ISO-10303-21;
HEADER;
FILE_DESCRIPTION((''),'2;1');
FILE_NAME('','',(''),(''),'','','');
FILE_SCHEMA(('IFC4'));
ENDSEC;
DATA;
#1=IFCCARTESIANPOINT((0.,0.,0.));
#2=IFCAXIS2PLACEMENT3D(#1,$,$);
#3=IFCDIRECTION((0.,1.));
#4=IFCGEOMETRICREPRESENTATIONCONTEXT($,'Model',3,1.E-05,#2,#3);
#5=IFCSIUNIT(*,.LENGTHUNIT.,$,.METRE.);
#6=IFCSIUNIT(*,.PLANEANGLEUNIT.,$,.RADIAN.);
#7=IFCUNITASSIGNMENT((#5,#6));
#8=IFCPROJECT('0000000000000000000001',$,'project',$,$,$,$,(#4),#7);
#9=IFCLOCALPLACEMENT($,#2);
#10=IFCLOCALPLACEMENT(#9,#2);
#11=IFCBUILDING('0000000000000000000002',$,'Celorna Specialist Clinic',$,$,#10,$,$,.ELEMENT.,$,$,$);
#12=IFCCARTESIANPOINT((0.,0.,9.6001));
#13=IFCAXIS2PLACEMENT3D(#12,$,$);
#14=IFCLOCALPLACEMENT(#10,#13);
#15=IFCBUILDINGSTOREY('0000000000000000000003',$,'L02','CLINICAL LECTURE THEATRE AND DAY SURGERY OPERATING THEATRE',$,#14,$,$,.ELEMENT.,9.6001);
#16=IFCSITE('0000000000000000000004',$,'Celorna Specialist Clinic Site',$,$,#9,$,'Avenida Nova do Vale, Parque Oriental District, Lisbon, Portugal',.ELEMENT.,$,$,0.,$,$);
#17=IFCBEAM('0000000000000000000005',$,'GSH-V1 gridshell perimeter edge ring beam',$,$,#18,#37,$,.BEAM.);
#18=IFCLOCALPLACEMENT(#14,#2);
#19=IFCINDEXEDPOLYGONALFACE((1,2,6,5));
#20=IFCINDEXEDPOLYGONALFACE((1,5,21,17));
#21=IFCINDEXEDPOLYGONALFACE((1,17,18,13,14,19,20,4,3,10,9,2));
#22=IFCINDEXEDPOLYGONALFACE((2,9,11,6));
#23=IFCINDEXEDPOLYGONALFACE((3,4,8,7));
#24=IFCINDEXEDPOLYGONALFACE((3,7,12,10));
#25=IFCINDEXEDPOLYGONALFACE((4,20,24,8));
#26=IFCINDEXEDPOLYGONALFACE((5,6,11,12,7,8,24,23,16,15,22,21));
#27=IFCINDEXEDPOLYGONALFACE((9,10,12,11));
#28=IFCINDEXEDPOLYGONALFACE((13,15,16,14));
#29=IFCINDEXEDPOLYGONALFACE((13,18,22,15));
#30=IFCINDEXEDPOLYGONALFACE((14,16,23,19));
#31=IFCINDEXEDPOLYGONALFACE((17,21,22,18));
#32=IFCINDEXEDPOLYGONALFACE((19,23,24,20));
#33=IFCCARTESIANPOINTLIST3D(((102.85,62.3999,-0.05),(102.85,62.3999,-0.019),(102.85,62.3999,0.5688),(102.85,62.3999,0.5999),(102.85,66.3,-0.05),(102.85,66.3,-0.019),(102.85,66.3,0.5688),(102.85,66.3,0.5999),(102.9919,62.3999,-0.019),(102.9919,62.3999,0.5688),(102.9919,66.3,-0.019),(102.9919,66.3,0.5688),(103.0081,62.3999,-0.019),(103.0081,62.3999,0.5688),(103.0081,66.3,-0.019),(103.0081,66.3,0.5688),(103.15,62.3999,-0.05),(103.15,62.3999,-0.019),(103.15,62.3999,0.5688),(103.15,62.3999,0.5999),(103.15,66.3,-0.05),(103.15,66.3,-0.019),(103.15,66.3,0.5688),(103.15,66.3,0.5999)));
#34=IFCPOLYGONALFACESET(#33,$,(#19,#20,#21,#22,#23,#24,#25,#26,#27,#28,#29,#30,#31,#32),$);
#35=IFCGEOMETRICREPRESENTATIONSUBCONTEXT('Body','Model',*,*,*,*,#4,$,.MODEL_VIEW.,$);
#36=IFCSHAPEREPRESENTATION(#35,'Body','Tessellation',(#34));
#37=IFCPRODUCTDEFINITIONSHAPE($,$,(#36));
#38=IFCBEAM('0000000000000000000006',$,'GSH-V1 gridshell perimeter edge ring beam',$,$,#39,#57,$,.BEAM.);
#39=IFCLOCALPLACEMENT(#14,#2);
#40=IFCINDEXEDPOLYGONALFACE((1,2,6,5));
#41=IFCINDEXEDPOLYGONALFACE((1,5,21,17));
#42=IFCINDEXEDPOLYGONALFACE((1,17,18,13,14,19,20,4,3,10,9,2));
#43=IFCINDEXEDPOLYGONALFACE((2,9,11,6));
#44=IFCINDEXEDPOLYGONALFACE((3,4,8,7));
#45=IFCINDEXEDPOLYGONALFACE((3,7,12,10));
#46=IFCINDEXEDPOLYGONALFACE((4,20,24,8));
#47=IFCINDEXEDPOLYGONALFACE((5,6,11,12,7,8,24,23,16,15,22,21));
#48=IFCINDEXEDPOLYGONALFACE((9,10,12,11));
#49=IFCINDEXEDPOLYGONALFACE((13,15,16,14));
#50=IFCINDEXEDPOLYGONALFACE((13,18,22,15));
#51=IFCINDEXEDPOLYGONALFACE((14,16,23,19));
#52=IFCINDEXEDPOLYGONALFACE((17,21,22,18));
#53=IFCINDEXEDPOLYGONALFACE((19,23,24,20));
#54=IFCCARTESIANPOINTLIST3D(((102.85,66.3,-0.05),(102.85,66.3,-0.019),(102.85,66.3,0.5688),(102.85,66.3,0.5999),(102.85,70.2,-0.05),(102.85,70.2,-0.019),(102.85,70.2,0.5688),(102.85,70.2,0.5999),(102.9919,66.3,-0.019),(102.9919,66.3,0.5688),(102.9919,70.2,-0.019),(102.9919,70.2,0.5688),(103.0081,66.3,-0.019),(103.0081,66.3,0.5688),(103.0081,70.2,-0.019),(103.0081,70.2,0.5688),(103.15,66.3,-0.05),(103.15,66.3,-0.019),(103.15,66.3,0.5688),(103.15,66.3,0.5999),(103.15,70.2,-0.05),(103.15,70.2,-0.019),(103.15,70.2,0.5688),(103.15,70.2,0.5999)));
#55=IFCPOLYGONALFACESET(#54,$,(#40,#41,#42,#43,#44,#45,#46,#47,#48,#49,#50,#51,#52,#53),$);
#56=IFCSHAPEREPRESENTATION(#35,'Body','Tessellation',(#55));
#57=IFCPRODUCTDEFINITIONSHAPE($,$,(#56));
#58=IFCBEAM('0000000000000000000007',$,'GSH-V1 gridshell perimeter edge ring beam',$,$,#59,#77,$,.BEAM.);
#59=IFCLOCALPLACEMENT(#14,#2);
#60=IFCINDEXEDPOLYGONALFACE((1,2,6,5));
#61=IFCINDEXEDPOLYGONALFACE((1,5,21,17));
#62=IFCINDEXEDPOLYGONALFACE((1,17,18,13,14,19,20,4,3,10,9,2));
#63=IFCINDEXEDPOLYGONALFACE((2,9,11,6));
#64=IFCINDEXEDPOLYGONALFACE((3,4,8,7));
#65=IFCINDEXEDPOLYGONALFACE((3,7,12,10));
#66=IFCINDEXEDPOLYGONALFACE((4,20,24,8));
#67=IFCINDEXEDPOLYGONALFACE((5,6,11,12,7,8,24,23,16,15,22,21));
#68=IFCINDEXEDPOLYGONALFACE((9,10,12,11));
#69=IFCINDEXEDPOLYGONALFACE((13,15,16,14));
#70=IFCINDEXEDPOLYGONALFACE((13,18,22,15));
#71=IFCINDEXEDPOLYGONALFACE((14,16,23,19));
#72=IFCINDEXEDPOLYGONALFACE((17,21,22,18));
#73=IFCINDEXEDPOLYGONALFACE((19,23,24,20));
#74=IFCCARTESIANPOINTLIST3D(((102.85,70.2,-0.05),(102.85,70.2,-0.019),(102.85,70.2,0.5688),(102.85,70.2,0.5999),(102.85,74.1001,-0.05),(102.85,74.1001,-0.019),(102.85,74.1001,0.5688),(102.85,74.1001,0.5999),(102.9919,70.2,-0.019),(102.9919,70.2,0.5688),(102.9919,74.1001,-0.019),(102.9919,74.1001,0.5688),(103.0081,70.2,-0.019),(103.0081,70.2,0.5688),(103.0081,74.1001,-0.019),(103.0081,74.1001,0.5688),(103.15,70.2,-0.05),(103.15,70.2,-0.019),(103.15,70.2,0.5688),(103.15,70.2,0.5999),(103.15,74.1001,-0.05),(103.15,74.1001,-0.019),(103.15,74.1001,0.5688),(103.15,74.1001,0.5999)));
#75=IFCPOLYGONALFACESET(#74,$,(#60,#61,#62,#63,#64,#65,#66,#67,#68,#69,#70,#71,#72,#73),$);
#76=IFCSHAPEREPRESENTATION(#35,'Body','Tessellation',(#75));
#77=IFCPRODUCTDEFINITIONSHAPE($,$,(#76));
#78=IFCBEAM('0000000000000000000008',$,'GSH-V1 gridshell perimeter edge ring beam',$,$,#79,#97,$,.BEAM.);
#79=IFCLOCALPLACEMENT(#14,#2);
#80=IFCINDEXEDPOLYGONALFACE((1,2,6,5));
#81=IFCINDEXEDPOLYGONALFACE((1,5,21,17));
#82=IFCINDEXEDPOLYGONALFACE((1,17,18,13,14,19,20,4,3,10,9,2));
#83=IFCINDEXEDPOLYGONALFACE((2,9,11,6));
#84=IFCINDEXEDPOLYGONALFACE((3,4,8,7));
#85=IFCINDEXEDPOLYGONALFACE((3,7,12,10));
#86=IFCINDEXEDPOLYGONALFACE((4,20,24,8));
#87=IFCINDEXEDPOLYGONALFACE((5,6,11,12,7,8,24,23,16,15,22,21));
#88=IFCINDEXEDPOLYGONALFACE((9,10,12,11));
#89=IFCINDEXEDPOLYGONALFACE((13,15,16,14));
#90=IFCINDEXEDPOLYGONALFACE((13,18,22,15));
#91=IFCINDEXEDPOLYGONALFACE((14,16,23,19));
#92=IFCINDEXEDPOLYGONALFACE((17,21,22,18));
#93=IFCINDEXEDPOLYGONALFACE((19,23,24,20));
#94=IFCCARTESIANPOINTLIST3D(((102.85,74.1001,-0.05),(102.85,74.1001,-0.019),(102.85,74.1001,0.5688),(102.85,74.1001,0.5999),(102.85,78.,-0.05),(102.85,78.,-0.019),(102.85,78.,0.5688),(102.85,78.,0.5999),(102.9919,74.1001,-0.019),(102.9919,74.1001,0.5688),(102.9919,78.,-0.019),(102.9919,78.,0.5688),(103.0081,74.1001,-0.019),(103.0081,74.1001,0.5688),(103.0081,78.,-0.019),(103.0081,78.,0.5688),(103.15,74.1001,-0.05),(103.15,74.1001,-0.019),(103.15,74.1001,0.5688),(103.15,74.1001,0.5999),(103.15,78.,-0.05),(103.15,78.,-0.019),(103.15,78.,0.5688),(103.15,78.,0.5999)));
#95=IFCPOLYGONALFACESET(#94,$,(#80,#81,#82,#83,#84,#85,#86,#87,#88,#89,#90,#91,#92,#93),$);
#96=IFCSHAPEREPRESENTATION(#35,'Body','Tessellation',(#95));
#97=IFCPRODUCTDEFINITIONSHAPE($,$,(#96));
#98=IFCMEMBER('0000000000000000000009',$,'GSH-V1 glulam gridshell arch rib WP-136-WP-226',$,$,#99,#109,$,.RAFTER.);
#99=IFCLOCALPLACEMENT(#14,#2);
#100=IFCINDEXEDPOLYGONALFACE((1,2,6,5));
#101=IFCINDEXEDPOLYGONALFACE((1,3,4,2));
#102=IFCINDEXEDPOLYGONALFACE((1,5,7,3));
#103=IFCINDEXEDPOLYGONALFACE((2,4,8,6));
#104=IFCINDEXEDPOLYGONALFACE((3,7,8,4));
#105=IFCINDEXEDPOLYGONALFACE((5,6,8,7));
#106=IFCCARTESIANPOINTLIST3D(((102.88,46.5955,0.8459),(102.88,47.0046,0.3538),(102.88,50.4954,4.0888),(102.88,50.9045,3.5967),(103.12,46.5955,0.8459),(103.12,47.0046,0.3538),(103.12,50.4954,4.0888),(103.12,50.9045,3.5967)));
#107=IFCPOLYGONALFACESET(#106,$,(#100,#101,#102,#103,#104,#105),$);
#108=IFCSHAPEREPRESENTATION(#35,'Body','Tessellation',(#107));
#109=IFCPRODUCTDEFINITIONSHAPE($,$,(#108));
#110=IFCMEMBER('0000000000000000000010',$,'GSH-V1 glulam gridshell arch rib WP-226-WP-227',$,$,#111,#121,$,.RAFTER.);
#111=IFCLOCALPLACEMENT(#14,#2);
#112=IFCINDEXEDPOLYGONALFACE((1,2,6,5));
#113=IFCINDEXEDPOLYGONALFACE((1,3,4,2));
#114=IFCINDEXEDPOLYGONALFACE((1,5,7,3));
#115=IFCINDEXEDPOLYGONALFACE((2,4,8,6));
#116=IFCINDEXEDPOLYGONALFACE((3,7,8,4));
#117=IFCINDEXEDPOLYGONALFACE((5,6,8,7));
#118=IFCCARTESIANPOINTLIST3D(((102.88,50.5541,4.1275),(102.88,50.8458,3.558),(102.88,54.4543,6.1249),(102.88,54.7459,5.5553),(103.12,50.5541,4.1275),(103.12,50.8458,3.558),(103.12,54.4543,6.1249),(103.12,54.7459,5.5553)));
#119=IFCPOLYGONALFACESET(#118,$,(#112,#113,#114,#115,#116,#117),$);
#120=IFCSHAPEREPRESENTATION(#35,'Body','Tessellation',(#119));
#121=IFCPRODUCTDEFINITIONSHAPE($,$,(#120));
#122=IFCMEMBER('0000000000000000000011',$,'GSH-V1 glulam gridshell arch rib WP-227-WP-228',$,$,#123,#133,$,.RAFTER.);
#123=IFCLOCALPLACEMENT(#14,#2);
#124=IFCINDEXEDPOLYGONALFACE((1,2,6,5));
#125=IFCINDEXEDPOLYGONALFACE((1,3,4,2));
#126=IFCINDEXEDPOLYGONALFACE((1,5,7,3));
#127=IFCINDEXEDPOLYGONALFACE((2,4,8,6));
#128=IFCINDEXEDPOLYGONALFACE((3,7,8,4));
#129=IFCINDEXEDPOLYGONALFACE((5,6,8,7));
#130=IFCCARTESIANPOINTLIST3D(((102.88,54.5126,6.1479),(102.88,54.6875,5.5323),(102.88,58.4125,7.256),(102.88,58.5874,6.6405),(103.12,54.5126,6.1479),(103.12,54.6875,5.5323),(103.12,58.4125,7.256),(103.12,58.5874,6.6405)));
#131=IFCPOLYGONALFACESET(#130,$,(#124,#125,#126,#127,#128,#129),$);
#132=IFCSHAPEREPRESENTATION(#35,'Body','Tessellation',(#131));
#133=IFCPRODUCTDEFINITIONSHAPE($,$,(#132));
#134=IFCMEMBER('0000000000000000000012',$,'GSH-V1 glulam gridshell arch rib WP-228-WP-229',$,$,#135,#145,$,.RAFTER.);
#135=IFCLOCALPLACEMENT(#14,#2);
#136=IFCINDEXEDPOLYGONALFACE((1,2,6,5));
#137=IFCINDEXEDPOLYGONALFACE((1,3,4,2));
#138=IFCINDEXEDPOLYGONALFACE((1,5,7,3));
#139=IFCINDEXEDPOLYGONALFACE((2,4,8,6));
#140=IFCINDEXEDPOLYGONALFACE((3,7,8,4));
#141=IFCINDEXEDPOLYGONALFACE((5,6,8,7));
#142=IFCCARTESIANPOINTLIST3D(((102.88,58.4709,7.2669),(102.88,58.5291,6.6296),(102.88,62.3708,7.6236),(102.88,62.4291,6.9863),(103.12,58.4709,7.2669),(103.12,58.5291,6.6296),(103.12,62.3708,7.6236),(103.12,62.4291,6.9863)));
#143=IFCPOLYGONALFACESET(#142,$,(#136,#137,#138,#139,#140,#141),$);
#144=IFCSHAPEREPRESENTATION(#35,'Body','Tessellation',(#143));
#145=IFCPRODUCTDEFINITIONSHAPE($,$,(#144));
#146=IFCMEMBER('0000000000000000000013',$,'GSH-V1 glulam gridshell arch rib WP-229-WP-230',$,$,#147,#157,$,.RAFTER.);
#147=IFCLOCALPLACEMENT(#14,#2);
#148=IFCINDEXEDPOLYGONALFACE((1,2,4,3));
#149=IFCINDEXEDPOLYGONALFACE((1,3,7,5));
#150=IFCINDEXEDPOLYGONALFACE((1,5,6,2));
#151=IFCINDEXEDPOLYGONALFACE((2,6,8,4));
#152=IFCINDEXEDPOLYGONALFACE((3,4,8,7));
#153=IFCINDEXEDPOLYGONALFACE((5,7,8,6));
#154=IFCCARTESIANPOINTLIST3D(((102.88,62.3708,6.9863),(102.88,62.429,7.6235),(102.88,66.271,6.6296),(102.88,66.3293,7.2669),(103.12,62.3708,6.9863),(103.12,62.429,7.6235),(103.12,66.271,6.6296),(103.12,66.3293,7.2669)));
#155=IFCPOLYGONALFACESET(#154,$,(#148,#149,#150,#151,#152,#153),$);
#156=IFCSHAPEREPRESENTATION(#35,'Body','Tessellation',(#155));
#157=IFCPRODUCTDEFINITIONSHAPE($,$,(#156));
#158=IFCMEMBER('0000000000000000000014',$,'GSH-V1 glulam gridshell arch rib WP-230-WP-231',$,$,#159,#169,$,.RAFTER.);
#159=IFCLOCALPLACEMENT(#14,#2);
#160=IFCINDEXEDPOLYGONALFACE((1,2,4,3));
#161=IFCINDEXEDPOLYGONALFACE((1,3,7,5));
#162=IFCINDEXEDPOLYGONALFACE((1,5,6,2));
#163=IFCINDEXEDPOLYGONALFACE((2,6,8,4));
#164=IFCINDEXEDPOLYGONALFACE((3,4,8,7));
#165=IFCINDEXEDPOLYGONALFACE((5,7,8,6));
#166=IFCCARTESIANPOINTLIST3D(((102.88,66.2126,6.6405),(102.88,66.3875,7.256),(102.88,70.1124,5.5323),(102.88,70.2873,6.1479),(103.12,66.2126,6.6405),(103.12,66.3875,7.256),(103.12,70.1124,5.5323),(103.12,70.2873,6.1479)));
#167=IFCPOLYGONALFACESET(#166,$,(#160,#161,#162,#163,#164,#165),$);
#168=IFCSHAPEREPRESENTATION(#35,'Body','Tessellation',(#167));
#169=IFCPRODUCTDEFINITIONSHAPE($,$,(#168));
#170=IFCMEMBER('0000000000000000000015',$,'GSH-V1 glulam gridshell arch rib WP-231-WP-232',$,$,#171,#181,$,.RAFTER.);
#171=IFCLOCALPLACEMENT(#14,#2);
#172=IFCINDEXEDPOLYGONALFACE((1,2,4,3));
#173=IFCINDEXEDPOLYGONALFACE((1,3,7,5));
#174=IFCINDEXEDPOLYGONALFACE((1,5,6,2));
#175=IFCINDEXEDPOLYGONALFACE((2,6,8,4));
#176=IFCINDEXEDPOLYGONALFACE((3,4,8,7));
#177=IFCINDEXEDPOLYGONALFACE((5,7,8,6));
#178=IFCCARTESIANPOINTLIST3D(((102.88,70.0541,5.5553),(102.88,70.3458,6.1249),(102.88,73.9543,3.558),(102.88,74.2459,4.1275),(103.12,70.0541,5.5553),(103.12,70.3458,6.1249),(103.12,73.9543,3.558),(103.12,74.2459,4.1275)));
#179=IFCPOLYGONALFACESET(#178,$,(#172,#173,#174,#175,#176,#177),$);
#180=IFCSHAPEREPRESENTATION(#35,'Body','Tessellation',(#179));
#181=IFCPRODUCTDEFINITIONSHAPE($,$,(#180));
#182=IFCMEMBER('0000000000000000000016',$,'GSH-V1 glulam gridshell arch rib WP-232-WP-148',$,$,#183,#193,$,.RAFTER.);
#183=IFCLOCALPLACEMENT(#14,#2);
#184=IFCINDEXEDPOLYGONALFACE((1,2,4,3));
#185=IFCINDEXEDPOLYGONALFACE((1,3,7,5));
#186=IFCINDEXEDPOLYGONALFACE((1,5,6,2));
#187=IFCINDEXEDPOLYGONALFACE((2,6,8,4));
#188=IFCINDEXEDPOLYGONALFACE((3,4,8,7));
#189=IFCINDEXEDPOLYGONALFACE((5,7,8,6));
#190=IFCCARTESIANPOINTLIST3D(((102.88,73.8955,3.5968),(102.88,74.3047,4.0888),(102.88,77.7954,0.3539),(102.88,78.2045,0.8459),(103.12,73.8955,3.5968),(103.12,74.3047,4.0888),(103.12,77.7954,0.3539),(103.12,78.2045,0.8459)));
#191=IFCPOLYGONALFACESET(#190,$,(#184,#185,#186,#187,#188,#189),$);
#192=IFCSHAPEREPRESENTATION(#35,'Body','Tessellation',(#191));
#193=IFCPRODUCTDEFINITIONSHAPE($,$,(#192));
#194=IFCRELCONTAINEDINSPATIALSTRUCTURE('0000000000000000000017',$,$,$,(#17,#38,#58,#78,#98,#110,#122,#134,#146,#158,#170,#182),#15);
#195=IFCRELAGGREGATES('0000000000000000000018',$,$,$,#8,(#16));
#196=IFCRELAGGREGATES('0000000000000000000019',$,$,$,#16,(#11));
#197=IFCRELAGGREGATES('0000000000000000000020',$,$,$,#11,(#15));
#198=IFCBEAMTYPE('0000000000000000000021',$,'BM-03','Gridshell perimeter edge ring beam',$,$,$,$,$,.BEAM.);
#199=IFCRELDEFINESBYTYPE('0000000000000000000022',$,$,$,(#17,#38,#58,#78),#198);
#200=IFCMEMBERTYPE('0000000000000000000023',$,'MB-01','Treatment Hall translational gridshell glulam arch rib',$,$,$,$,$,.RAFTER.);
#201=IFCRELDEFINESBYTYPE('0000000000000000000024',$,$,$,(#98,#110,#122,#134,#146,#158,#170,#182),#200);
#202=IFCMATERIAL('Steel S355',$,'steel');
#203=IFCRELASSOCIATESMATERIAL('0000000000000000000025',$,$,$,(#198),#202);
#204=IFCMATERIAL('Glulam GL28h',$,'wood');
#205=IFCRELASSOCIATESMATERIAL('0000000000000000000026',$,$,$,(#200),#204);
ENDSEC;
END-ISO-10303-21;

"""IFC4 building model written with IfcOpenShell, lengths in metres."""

from ifc_helpers import new_model, si_unit, direction, frame, origin, origin_2d, place, context, subcontext, project, spatial, rectangle, i_section, extrude, material, material_profile, profile_set, type_object, element, save


model = new_model("IFC4")

# Units and contexts
model_context = context("Model", 3, precision=1e-05, world=origin(), true_north=direction((0.0, 1.0)))
body_context = subcontext(model_context, "Body", "Model", "MODEL_VIEW")
ifc_project = project(units=[si_unit("LENGTHUNIT", "METRE"), si_unit("PLANEANGLEUNIT", "RADIAN")], contexts=[model_context])

# Site, building, storey
site_placement = place(None, origin())
site = spatial("IfcSite", under=ifc_project, at=site_placement, Name="Celorna Specialist Clinic Site", LongName="Avenida Nova do Vale, Parque Oriental District, Lisbon, Portugal", CompositionType="ELEMENT", RefElevation=0.0)
building_placement = place(site_placement, origin())
building = spatial("IfcBuilding", under=site, at=building_placement, Name="Celorna Specialist Clinic", CompositionType="ELEMENT")
storey_placement = place(building_placement, frame((0.0, 0.0, 9.6001)))
storey = spatial("IfcBuildingStorey", under=building, at=storey_placement, Name="L02", Description="CLINICAL LECTURE THEATRE AND DAY SURGERY OPERATING THEATRE", CompositionType="ELEMENT", Elevation=9.6001)

# Shared definitions
ifc_material_1 = material(Name="Steel S355", Category="steel")

# Beams
ifc_material_profile_1 = material_profile(ifc_material_1, i_section(OverallWidth=0.3, OverallDepth=0.6499, WebThickness=0.0161, FlangeThickness=0.031, at=origin_2d()), Name="HE 650 B")
ifc_profile_set_1 = profile_set([ifc_material_profile_1], Name="Steel S355")
beam_type = type_object("IfcBeamType", Name="BM-03", Description="Gridshell perimeter edge ring beam", PredefinedType="BEAM", material=ifc_profile_set_1)
beam_1_placement = place(storey_placement, frame((103.0, 62.3999, 0.2749), z_axis=(0.0, 1.0, 0.0), x_axis=(-1.0, 0.0, 0.0)))
element("IfcBeam", 1, at=beam_1_placement, inside=storey, type_object=beam_type, Name="GSH-V1 gridshell perimeter edge ring beam", PredefinedType="BEAM", context=body_context, shape_type="SweptSolid", body=[
    extrude(i_section(OverallWidth=0.3, OverallDepth=0.6499, WebThickness=0.0161, FlangeThickness=0.031, at=origin_2d()), origin(), (0.0, 0.0, 1.0), 3.9001),
])
beam_2_placement = place(storey_placement, frame((103.0, 66.3, 0.2749), z_axis=(0.0, 1.0, 0.0), x_axis=(-1.0, 0.0, 0.0)))
element("IfcBeam", 2, at=beam_2_placement, inside=storey, type_object=beam_type, Name="GSH-V1 gridshell perimeter edge ring beam", PredefinedType="BEAM", context=body_context, shape_type="SweptSolid", body=[
    extrude(i_section(OverallWidth=0.3, OverallDepth=0.6499, WebThickness=0.0161, FlangeThickness=0.031, at=origin_2d()), origin(), (0.0, 0.0, 1.0), 3.8999),
])
beam_3_placement = place(storey_placement, frame((103.0, 70.2, 0.2749), z_axis=(0.0, 1.0, 0.0), x_axis=(-1.0, 0.0, 0.0)))
element("IfcBeam", 3, at=beam_3_placement, inside=storey, type_object=beam_type, Name="GSH-V1 gridshell perimeter edge ring beam", PredefinedType="BEAM", context=body_context, shape_type="SweptSolid", body=[
    extrude(i_section(OverallWidth=0.3, OverallDepth=0.6499, WebThickness=0.0161, FlangeThickness=0.031, at=origin_2d()), origin(), (0.0, 0.0, 1.0), 3.9001),
])
beam_4_placement = place(storey_placement, frame((103.0, 74.1001, 0.2749), z_axis=(0.0, 1.0, 0.0), x_axis=(-1.0, 0.0, 0.0)))
element("IfcBeam", 4, at=beam_4_placement, inside=storey, type_object=beam_type, Name="GSH-V1 gridshell perimeter edge ring beam", PredefinedType="BEAM", context=body_context, shape_type="SweptSolid", body=[
    extrude(i_section(OverallWidth=0.3, OverallDepth=0.6499, WebThickness=0.0161, FlangeThickness=0.031, at=origin_2d()), origin(), (0.0, 0.0, 1.0), 3.8999),
])

# Members
ifc_material_2 = material(Name="Glulam GL28h", Category="wood")
ifc_material_profile_2 = material_profile(ifc_material_2, rectangle(XDim=0.24, YDim=0.6399, at=origin_2d()), Name="GL28h 240x640")
ifc_profile_set_2 = profile_set([ifc_material_profile_2], Name="Glulam GL28h")
member_type_1 = type_object("IfcMemberType", Name="MB-01", Description="Treatment Hall translational gridshell glulam arch rib", PredefinedType="RAFTER", material=ifc_profile_set_2)
member_1_placement = place(storey_placement, frame((103.0, 46.8, 0.5999), z_axis=(0.0, 0.768899, 0.63937), x_axis=(-1.0, 0.0, 0.0)))
element("IfcMember", 5, at=member_1_placement, inside=storey, type_object=member_type_1, Name="GSH-V1 glulam gridshell arch rib WP-136-WP-226", PredefinedType="RAFTER", context=body_context, shape_type="SweptSolid", body=[
    extrude(rectangle(XDim=0.24, YDim=0.6399, at=origin_2d()), origin(), (0.0, 0.0, 1.0), 5.072),
])
member_2_placement = place(storey_placement, frame((103.0, 50.7, 3.8428), z_axis=(0.0, 0.890073, 0.455818), x_axis=(-1.0, 0.0, 0.0)))
element("IfcMember", 6, at=member_2_placement, inside=storey, type_object=member_type_1, Name="GSH-V1 glulam gridshell arch rib WP-226-WP-227", PredefinedType="RAFTER", context=body_context, shape_type="SweptSolid", body=[
    extrude(rectangle(XDim=0.24, YDim=0.6399, at=origin_2d()), origin(), (0.0, 0.0, 1.0), 4.3818),
])
member_3_placement = place(storey_placement, frame((103.0, 54.6001, 5.8401), z_axis=(0.0, 0.961921, 0.273329), x_axis=(-1.0, 0.0, 0.0)))
element("IfcMember", 7, at=member_3_placement, inside=storey, type_object=member_type_1, Name="GSH-V1 glulam gridshell arch rib WP-227-WP-228", PredefinedType="RAFTER", context=body_context, shape_type="SweptSolid", body=[
    extrude(rectangle(XDim=0.24, YDim=0.6399, at=origin_2d()), origin(), (0.0, 0.0, 1.0), 4.0542),
])
member_4_placement = place(storey_placement, frame((103.0, 58.5, 6.9482), z_axis=(0.0, 0.995843, 0.091081), x_axis=(-1.0, 0.0, 0.0)))
element("IfcMember", 8, at=member_4_placement, inside=storey, type_object=member_type_1, Name="GSH-V1 glulam gridshell arch rib WP-228-WP-229", PredefinedType="RAFTER", context=body_context, shape_type="SweptSolid", body=[
    extrude(rectangle(XDim=0.24, YDim=0.6399, at=origin_2d()), origin(), (0.0, 0.0, 1.0), 3.9163),
])
member_5_placement = place(storey_placement, frame((103.0, 62.3999, 7.3049), z_axis=(0.0, 0.995844, -0.091075), x_axis=(-1.0, 0.0, 0.0)))
element("IfcMember", 9, at=member_5_placement, inside=storey, type_object=member_type_1, Name="GSH-V1 glulam gridshell arch rib WP-229-WP-230", PredefinedType="RAFTER", context=body_context, shape_type="SweptSolid", body=[
    extrude(rectangle(XDim=0.24, YDim=0.6399, at=origin_2d()), origin(), (0.0, 0.0, 1.0), 3.9165),
])
member_6_placement = place(storey_placement, frame((103.0, 66.3, 6.9482), z_axis=(0.0, 0.961921, -0.273329), x_axis=(-1.0, 0.0, 0.0)))
element("IfcMember", 10, at=member_6_placement, inside=storey, type_object=member_type_1, Name="GSH-V1 glulam gridshell arch rib WP-230-WP-231", PredefinedType="RAFTER", context=body_context, shape_type="SweptSolid", body=[
    extrude(rectangle(XDim=0.24, YDim=0.6399, at=origin_2d()), origin(), (0.0, 0.0, 1.0), 4.0542),
])
member_7_placement = place(storey_placement, frame((103.0, 70.2, 5.8401), z_axis=(0.0, 0.890073, -0.455818), x_axis=(-1.0, 0.0, 0.0)))
element("IfcMember", 11, at=member_7_placement, inside=storey, type_object=member_type_1, Name="GSH-V1 glulam gridshell arch rib WP-231-WP-232", PredefinedType="RAFTER", context=body_context, shape_type="SweptSolid", body=[
    extrude(rectangle(XDim=0.24, YDim=0.6399, at=origin_2d()), origin(), (0.0, 0.0, 1.0), 4.3818),
])
member_8_placement = place(storey_placement, frame((103.0, 74.1001, 3.8428), z_axis=(0.0, 0.768899, -0.63937), x_axis=(-1.0, 0.0, 0.0)))
element("IfcMember", 12, at=member_8_placement, inside=storey, type_object=member_type_1, Name="GSH-V1 glulam gridshell arch rib WP-232-WP-148", PredefinedType="RAFTER", context=body_context, shape_type="SweptSolid", body=[
    extrude(rectangle(XDim=0.24, YDim=0.6399, at=origin_2d()), origin(), (0.0, 0.0, 1.0), 5.072),
])

save(model, "model.ifc")
